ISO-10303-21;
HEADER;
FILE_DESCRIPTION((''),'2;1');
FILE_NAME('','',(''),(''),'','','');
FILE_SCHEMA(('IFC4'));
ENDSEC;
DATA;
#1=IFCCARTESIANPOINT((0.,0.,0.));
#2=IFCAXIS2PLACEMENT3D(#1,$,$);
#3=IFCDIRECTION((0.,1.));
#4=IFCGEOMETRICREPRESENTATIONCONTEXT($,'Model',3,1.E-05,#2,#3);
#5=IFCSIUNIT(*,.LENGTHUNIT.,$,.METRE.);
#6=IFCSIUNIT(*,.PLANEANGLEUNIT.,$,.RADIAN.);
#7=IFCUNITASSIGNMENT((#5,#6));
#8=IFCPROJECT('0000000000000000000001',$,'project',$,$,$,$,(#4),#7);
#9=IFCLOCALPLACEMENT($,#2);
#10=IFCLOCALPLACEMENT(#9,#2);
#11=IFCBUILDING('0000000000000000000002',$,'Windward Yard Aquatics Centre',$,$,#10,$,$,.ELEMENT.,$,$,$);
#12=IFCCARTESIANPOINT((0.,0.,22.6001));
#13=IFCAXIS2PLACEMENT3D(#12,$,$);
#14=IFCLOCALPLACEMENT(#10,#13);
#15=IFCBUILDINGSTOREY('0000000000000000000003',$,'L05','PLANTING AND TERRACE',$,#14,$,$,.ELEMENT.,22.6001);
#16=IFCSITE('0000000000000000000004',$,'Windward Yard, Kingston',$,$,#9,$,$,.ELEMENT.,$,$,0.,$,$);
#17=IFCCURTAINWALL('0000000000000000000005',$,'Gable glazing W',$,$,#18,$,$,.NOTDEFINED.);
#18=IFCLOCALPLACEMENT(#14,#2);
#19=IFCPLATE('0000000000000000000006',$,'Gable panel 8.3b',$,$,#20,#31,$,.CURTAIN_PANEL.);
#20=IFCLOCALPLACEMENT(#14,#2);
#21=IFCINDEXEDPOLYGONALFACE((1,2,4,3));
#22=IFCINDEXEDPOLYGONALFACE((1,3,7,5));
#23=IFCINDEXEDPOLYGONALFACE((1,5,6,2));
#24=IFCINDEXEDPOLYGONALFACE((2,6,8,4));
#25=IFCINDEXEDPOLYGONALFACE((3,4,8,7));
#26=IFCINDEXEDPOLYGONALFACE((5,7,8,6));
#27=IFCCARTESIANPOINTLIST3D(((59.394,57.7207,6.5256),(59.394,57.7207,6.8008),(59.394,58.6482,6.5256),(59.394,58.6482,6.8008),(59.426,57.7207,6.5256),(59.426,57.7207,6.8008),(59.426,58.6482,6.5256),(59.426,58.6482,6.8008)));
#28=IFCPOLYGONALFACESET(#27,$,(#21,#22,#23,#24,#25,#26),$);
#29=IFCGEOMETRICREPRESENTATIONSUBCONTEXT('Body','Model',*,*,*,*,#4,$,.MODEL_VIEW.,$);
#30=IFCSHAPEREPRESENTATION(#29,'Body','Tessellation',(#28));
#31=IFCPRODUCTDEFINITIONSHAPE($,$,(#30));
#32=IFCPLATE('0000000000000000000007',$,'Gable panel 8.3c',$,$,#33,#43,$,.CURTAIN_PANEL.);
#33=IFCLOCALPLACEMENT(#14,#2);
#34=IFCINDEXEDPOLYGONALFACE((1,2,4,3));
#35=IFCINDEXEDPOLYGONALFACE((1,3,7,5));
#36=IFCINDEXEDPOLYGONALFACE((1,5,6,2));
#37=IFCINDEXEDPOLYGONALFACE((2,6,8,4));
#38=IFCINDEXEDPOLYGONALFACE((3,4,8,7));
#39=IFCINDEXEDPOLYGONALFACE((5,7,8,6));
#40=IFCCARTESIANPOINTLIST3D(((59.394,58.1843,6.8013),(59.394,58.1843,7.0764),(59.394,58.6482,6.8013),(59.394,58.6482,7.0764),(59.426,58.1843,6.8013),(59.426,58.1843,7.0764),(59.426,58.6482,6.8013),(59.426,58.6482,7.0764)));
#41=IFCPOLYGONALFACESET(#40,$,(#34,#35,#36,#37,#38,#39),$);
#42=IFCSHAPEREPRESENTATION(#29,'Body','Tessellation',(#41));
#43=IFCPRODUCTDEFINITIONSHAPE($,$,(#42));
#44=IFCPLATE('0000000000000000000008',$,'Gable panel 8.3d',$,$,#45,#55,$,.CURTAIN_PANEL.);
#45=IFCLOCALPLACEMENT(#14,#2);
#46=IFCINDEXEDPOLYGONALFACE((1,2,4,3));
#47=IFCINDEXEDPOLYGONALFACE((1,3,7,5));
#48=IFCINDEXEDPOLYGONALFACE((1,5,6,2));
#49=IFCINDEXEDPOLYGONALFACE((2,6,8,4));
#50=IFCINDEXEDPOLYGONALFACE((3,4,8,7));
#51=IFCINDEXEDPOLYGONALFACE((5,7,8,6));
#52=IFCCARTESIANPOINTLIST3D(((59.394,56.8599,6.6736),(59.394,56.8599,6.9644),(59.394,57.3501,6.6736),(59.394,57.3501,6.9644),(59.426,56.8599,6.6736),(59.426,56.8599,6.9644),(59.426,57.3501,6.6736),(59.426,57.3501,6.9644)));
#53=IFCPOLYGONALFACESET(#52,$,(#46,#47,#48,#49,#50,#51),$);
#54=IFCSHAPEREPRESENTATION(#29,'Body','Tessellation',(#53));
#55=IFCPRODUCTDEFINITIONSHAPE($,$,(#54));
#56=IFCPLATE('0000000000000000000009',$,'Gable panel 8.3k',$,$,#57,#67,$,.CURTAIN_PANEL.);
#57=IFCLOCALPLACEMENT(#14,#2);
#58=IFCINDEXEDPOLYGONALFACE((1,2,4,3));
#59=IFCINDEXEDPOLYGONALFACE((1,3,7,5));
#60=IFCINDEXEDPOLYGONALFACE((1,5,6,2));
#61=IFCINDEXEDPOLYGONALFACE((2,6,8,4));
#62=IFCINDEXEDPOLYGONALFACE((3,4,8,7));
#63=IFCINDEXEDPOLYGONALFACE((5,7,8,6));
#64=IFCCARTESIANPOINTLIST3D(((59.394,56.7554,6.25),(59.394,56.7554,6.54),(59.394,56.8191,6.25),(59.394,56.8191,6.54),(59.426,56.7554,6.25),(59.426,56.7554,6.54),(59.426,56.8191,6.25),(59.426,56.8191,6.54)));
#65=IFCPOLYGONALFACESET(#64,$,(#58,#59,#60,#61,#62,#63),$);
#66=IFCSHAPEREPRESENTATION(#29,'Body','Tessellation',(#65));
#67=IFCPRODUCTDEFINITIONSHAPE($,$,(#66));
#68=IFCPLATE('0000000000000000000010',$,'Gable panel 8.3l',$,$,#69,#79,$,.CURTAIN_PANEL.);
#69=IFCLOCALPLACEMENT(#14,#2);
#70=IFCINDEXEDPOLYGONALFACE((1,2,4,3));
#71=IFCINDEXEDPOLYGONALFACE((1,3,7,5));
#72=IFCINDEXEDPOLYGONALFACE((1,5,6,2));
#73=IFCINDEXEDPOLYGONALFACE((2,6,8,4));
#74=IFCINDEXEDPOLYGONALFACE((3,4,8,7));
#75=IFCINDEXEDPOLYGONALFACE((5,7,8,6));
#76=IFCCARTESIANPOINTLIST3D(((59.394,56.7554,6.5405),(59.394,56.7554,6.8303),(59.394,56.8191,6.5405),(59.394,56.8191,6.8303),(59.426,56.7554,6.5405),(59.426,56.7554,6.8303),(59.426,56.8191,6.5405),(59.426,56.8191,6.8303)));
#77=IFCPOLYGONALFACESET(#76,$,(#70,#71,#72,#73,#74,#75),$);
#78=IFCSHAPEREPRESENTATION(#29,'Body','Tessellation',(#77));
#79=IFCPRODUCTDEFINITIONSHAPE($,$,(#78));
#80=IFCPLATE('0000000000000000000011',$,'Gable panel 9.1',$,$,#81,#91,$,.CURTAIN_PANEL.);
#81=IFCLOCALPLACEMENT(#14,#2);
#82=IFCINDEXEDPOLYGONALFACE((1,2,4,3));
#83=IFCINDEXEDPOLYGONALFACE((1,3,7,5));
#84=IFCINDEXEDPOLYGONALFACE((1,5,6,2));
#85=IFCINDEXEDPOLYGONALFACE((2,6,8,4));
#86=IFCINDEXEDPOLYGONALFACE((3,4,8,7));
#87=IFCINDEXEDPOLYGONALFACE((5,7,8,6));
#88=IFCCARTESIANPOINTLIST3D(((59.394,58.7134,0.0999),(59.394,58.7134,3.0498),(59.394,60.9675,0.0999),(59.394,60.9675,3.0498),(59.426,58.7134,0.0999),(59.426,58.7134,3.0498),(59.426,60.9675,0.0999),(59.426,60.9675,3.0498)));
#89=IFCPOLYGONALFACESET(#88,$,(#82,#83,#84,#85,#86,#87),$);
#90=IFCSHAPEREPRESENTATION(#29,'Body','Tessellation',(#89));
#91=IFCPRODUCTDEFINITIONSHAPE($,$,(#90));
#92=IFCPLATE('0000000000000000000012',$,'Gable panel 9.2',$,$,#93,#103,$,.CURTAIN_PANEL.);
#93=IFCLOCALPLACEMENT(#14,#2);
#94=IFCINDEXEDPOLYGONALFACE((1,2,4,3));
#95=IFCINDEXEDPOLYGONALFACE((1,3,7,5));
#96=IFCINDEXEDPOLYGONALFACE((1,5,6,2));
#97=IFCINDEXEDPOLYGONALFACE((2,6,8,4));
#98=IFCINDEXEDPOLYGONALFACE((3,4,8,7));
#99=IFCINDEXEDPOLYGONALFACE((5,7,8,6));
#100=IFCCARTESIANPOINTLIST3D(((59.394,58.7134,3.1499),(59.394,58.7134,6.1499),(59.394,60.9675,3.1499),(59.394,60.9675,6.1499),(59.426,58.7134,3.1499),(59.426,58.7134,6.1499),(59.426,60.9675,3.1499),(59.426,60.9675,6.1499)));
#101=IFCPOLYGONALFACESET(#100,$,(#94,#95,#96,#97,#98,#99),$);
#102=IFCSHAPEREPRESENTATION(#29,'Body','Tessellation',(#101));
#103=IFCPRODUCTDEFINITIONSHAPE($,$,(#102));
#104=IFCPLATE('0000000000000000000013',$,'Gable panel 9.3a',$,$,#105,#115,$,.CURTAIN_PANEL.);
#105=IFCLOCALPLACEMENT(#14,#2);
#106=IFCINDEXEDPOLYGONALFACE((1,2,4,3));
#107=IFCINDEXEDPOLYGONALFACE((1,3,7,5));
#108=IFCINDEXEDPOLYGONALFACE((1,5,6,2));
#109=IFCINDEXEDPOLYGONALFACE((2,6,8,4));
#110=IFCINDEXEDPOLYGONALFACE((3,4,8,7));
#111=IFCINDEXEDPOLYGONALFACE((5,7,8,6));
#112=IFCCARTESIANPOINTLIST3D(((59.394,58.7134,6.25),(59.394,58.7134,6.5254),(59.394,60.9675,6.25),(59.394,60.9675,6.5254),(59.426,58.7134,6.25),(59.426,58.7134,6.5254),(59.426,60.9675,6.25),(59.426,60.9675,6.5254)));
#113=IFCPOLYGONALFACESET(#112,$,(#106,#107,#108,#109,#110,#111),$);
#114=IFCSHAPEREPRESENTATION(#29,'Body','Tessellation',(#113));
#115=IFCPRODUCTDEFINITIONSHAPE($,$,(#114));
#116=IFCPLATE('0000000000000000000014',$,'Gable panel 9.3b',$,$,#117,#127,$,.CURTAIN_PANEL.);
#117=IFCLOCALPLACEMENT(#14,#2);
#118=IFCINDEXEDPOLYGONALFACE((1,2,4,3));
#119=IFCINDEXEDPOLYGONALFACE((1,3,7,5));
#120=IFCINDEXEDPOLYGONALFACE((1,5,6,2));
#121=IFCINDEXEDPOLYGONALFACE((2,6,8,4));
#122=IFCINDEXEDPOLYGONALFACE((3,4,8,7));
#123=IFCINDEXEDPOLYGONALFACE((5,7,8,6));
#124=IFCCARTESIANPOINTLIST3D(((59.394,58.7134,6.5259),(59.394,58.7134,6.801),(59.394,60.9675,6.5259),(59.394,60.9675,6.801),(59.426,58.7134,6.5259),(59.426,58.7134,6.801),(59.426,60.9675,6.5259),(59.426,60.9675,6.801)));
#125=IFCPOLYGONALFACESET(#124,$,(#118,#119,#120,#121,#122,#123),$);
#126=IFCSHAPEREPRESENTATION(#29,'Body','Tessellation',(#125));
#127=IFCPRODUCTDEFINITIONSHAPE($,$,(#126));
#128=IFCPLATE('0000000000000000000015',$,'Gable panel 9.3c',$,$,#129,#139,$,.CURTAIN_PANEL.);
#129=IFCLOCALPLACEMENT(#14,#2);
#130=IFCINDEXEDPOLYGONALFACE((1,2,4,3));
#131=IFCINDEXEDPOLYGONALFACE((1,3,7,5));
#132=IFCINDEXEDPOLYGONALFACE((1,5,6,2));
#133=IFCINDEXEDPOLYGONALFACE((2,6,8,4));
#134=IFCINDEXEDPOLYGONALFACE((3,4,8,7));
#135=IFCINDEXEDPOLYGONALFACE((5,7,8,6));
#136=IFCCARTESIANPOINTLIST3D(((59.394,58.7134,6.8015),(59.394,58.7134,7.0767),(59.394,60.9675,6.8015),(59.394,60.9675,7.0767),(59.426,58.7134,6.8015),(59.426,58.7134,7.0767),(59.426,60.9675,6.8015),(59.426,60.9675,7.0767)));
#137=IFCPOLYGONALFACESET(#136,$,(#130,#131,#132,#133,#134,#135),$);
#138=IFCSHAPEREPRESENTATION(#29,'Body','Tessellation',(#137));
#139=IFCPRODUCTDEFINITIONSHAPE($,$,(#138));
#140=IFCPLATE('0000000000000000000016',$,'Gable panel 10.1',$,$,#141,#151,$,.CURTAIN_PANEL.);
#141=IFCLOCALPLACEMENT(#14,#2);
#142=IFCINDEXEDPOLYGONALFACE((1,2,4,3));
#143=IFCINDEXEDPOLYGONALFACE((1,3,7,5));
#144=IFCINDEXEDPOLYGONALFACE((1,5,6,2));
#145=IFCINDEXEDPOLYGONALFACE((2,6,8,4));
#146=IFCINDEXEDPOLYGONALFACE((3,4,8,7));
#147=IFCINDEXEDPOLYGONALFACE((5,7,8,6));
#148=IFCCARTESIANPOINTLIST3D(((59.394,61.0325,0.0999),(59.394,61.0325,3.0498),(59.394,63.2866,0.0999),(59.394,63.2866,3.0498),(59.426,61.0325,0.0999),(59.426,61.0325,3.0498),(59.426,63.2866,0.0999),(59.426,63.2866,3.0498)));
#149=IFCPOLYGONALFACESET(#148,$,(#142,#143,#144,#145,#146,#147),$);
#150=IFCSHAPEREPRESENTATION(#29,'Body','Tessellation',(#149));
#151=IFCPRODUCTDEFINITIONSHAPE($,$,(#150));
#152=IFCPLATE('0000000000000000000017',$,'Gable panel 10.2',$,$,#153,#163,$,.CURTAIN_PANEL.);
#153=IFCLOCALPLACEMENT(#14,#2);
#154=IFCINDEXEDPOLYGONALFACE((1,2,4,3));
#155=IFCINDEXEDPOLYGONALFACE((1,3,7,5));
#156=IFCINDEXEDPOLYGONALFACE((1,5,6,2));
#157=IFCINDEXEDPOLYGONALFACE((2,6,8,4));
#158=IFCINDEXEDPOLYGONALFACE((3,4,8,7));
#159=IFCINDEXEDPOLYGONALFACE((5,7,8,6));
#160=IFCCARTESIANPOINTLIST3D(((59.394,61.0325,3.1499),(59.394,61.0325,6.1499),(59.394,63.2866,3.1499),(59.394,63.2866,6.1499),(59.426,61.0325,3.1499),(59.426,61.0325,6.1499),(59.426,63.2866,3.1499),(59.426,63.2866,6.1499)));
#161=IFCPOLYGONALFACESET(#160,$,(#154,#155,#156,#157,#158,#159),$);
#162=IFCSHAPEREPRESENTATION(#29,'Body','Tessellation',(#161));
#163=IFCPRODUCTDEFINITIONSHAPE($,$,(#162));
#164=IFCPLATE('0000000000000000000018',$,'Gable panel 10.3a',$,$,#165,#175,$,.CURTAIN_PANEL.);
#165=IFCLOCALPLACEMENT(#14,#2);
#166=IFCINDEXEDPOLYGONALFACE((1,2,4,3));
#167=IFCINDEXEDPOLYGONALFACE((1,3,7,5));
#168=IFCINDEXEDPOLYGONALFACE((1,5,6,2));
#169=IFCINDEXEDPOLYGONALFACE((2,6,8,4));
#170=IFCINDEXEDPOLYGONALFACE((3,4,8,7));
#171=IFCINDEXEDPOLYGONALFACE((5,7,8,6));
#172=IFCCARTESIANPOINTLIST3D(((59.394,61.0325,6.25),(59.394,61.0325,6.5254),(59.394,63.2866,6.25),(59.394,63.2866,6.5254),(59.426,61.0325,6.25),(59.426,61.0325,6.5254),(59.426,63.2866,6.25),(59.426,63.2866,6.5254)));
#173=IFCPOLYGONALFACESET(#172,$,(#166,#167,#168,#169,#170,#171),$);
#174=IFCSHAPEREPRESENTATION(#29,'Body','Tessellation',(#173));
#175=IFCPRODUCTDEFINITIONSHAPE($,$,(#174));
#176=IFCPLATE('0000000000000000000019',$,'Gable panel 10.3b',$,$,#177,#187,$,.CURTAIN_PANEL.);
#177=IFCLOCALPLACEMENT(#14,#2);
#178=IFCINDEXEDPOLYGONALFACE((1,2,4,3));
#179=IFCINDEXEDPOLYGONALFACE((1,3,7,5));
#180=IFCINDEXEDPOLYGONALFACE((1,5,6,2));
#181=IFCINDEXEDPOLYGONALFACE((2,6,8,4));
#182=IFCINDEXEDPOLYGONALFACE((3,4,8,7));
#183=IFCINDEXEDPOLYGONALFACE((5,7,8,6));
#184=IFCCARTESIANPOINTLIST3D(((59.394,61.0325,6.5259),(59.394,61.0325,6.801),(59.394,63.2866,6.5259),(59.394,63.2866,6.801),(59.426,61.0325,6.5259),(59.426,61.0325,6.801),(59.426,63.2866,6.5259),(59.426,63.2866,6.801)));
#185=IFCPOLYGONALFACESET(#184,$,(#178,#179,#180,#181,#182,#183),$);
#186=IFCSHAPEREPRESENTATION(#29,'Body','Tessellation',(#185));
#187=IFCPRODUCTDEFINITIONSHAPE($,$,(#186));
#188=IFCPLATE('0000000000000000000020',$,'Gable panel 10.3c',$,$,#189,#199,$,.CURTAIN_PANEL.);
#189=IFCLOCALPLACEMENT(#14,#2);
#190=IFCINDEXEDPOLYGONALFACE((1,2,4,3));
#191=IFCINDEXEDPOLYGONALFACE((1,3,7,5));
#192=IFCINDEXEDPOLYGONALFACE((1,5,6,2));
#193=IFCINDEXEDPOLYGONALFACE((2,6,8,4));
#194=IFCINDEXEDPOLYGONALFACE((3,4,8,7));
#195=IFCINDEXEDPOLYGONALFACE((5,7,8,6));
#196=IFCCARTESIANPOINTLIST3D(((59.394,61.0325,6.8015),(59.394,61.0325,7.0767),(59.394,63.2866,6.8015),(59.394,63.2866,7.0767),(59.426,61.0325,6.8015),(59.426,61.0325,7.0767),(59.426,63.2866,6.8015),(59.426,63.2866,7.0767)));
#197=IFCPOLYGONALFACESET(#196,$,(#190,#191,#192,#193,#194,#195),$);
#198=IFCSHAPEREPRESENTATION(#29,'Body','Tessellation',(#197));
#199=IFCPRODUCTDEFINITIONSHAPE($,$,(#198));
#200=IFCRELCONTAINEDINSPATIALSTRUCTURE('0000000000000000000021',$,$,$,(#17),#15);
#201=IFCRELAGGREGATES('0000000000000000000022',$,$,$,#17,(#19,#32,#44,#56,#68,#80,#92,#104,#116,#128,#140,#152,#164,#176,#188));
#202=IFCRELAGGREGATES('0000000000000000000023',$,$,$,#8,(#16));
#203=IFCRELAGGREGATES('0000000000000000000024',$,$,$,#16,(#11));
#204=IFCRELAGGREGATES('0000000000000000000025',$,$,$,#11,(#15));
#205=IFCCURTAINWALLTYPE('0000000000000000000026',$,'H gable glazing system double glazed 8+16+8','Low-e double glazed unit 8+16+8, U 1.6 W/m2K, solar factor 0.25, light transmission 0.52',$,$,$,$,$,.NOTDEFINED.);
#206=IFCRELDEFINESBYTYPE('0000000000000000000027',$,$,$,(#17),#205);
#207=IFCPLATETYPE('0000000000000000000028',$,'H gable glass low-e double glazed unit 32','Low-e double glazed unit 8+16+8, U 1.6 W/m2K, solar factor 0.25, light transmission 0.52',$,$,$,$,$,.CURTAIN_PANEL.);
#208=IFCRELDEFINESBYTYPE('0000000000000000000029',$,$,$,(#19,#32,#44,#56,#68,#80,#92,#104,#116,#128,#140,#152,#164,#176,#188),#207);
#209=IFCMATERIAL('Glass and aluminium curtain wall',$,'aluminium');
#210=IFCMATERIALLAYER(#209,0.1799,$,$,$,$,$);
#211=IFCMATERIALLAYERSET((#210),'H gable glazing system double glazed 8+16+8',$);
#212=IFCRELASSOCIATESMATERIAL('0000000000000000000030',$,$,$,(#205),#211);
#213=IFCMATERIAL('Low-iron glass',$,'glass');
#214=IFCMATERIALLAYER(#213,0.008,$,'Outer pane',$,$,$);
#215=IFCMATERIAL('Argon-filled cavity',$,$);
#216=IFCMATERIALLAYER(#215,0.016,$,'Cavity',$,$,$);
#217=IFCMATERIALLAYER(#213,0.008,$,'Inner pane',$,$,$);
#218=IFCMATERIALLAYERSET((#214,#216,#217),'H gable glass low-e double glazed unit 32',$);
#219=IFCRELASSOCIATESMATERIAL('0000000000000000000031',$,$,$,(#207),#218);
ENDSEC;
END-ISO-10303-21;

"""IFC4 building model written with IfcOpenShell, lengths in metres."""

from ifc_helpers import new_model, si_unit, direction, frame, origin, place, context, subcontext, project, spatial, polyline, outline, extrude, material, layer, layer_set, type_object, element, aggregate, save


model = new_model("IFC4")

# Units and contexts
model_context = context("Model", 3, precision=1e-05, world=origin(), true_north=direction((0.0, 1.0)))
body_context = subcontext(model_context, "Body", "Model", "MODEL_VIEW")
ifc_project = project(units=[si_unit("LENGTHUNIT", "METRE"), si_unit("PLANEANGLEUNIT", "RADIAN")], contexts=[model_context])

# Site, building, storey
site_placement = place(None, origin())
site = spatial("IfcSite", under=ifc_project, at=site_placement, Name="Windward Yard, Kingston", CompositionType="ELEMENT", RefElevation=0.0)
building_placement = place(site_placement, origin())
building = spatial("IfcBuilding", under=site, at=building_placement, Name="Windward Yard Aquatics Centre", CompositionType="ELEMENT")
storey_placement = place(building_placement, frame((0.0, 0.0, 22.6001)))
storey = spatial("IfcBuildingStorey", under=building, at=storey_placement, Name="L05", Description="PLANTING AND TERRACE", CompositionType="ELEMENT", Elevation=22.6001)

# Curtain wall, plates
ifc_material_1 = material(Name="Glass and aluminium curtain wall", Category="aluminium")
ifc_layer_1 = layer(ifc_material_1, 0.1799)
ifc_layer_set_1 = layer_set([ifc_layer_1], Name="H gable glazing system double glazed 8+16+8")
curtain_wall_type = type_object("IfcCurtainWallType", Name="H gable glazing system double glazed 8+16+8", Description="Low-e double glazed unit 8+16+8, U 1.6 W/m2K, solar factor 0.25, light transmission 0.52", PredefinedType="NOTDEFINED", material=ifc_layer_set_1)
curtain_wall_placement = place(storey_placement, origin())
curtain_wall = element("IfcCurtainWall", 1, at=curtain_wall_placement, inside=storey, type_object=curtain_wall_type, Name="Gable glazing W", PredefinedType="NOTDEFINED")
ifc_material_2 = material(Name="Low-iron glass", Category="glass")
ifc_layer_2 = layer(ifc_material_2, 0.008, Name="Outer pane")
ifc_material_3 = material(Name="Argon-filled cavity")
ifc_layer_3 = layer(ifc_material_3, 0.016, Name="Cavity")
ifc_layer_4 = layer(ifc_material_2, 0.008, Name="Inner pane")
ifc_layer_set_2 = layer_set([ifc_layer_2, ifc_layer_3, ifc_layer_4], Name="H gable glass low-e double glazed unit 32")
plate_type = type_object("IfcPlateType", Name="H gable glass low-e double glazed unit 32", Description="Low-e double glazed unit 8+16+8, U 1.6 W/m2K, solar factor 0.25, light transmission 0.52", PredefinedType="CURTAIN_PANEL", material=ifc_layer_set_2)
plate_1_placement = place(storey_placement, frame((59.426, 57.7207, 6.5256), z_axis=(1.0, 0.0, 0.0), x_axis=(0.0, 1.0, 0.0)))
plate_1 = element("IfcPlate", 2, at=plate_1_placement, type_object=plate_type, Name="Gable panel 8.3b", PredefinedType="CURTAIN_PANEL", context=body_context, shape_type="SweptSolid", body=[
    extrude(outline(polyline([(0.0, 0.0), (0.9275, 0.0), (0.9275, 0.2751), (0.0, 0.2751), (0.0, 0.0)])), origin(), (0.0, 0.0, -1.0), 0.032),
])
plate_2_placement = place(storey_placement, frame((59.426, 58.1843, 6.8013), z_axis=(1.0, 0.0, 0.0), x_axis=(0.0, 1.0, 0.0)))
plate_2 = element("IfcPlate", 3, at=plate_2_placement, type_object=plate_type, Name="Gable panel 8.3c", PredefinedType="CURTAIN_PANEL", context=body_context, shape_type="SweptSolid", body=[
    extrude(outline(polyline([(0.0, 0.0), (0.4639, 0.0), (0.4639, 0.2751), (0.0, 0.2751), (0.0, 0.0)])), origin(), (0.0, 0.0, -1.0), 0.032),
])
plate_3_placement = place(storey_placement, frame((59.426, 56.8599, 6.6736), z_axis=(1.0, 0.0, 0.0), x_axis=(0.0, 1.0, 0.0)))
plate_3 = element("IfcPlate", 4, at=plate_3_placement, type_object=plate_type, Name="Gable panel 8.3d", PredefinedType="CURTAIN_PANEL", context=body_context, shape_type="SweptSolid", body=[
    extrude(outline(polyline([(0.0, 0.0), (0.4902, 0.0), (0.4902, 0.2908), (0.0, 0.2908), (0.0, 0.0)])), origin(), (0.0, 0.0, -1.0), 0.032),
])
plate_4_placement = place(storey_placement, frame((59.426, 56.7554, 6.25), z_axis=(1.0, 0.0, 0.0), x_axis=(0.0, 1.0, 0.0)))
plate_4 = element("IfcPlate", 5, at=plate_4_placement, type_object=plate_type, Name="Gable panel 8.3k", PredefinedType="CURTAIN_PANEL", context=body_context, shape_type="SweptSolid", body=[
    extrude(outline(polyline([(0.0, 0.0), (0.0637, 0.0), (0.0637, 0.29), (0.0, 0.29), (0.0, 0.0)])), origin(), (0.0, 0.0, -1.0), 0.032),
])
plate_5_placement = place(storey_placement, frame((59.426, 56.7554, 6.5405), z_axis=(1.0, 0.0, 0.0), x_axis=(0.0, 1.0, 0.0)))
plate_5 = element("IfcPlate", 6, at=plate_5_placement, type_object=plate_type, Name="Gable panel 8.3l", PredefinedType="CURTAIN_PANEL", context=body_context, shape_type="SweptSolid", body=[
    extrude(outline(polyline([(0.0, 0.0), (0.0637, 0.0), (0.0637, 0.2898), (0.0, 0.2898), (0.0, 0.0)])), origin(), (0.0, 0.0, -1.0), 0.032),
])
plate_6_placement = place(storey_placement, frame((59.394, 58.7134, 0.0999), z_axis=(-1.0, 0.0, 0.0), x_axis=(0.0, 0.0, 1.0)))
plate_6 = element("IfcPlate", 7, at=plate_6_placement, type_object=plate_type, Name="Gable panel 9.1", PredefinedType="CURTAIN_PANEL", context=body_context, shape_type="SweptSolid", body=[
    extrude(outline(polyline([(0.0, 0.0), (2.95, 0.0), (2.95, 2.2542), (0.0, 2.2542), (0.0, 0.0)])), origin(), (0.0, 0.0, -1.0), 0.032),
])
plate_7_placement = place(storey_placement, frame((59.394, 58.7134, 3.1499), z_axis=(-1.0, 0.0, 0.0), x_axis=(0.0, 0.0, 1.0)))
plate_7 = element("IfcPlate", 8, at=plate_7_placement, type_object=plate_type, Name="Gable panel 9.2", PredefinedType="CURTAIN_PANEL", context=body_context, shape_type="SweptSolid", body=[
    extrude(outline(polyline([(0.0, 0.0), (3.0, 0.0), (3.0, 2.2542), (0.0, 2.2542), (0.0, 0.0)])), origin(), (0.0, 0.0, -1.0), 0.032),
])
plate_8_placement = place(storey_placement, frame((59.426, 58.7134, 6.25), z_axis=(1.0, 0.0, 0.0), x_axis=(0.0, 1.0, 0.0)))
plate_8 = element("IfcPlate", 9, at=plate_8_placement, type_object=plate_type, Name="Gable panel 9.3a", PredefinedType="CURTAIN_PANEL", context=body_context, shape_type="SweptSolid", body=[
    extrude(outline(polyline([(0.0, 0.0), (2.2542, 0.0), (2.2542, 0.2754), (0.0, 0.2754), (0.0, 0.0)])), origin(), (0.0, 0.0, -1.0), 0.032),
])
plate_9_placement = place(storey_placement, frame((59.426, 58.7134, 6.5259), z_axis=(1.0, 0.0, 0.0), x_axis=(0.0, 1.0, 0.0)))
plate_9 = element("IfcPlate", 10, at=plate_9_placement, type_object=plate_type, Name="Gable panel 9.3b", PredefinedType="CURTAIN_PANEL", context=body_context, shape_type="SweptSolid", body=[
    extrude(outline(polyline([(0.0, 0.0), (2.2542, 0.0), (2.2542, 0.2751), (0.0, 0.2751), (0.0, 0.0)])), origin(), (0.0, 0.0, -1.0), 0.032),
])
plate_10_placement = place(storey_placement, frame((59.426, 58.7134, 6.8015), z_axis=(1.0, 0.0, 0.0), x_axis=(0.0, 1.0, 0.0)))
plate_10 = element("IfcPlate", 11, at=plate_10_placement, type_object=plate_type, Name="Gable panel 9.3c", PredefinedType="CURTAIN_PANEL", context=body_context, shape_type="SweptSolid", body=[
    extrude(outline(polyline([(0.0, 0.0), (2.2542, 0.0), (2.2542, 0.2751), (0.0, 0.2751), (0.0, 0.0)])), origin(), (0.0, 0.0, -1.0), 0.032),
])
plate_11_placement = place(storey_placement, frame((59.394, 61.0325, 0.0999), z_axis=(-1.0, 0.0, 0.0), x_axis=(0.0, 0.0, 1.0)))
plate_11 = element("IfcPlate", 12, at=plate_11_placement, type_object=plate_type, Name="Gable panel 10.1", PredefinedType="CURTAIN_PANEL", context=body_context, shape_type="SweptSolid", body=[
    extrude(outline(polyline([(0.0, 0.0), (2.95, 0.0), (2.95, 2.2542), (0.0, 2.2542), (0.0, 0.0)])), origin(), (0.0, 0.0, -1.0), 0.032),
])
plate_12_placement = place(storey_placement, frame((59.394, 61.0325, 3.1499), z_axis=(-1.0, 0.0, 0.0), x_axis=(0.0, 0.0, 1.0)))
plate_12 = element("IfcPlate", 13, at=plate_12_placement, type_object=plate_type, Name="Gable panel 10.2", PredefinedType="CURTAIN_PANEL", context=body_context, shape_type="SweptSolid", body=[
    extrude(outline(polyline([(0.0, 0.0), (3.0, 0.0), (3.0, 2.2542), (0.0, 2.2542), (0.0, 0.0)])), origin(), (0.0, 0.0, -1.0), 0.032),
])
plate_13_placement = place(storey_placement, frame((59.426, 61.0325, 6.25), z_axis=(1.0, 0.0, 0.0), x_axis=(0.0, 1.0, 0.0)))
plate_13 = element("IfcPlate", 14, at=plate_13_placement, type_object=plate_type, Name="Gable panel 10.3a", PredefinedType="CURTAIN_PANEL", context=body_context, shape_type="SweptSolid", body=[
    extrude(outline(polyline([(0.0, 0.0), (2.2542, 0.0), (2.2542, 0.2754), (0.0, 0.2754), (0.0, 0.0)])), origin(), (0.0, 0.0, -1.0), 0.032),
])
plate_14_placement = place(storey_placement, frame((59.426, 61.0325, 6.5259), z_axis=(1.0, 0.0, 0.0), x_axis=(0.0, 1.0, 0.0)))
plate_14 = element("IfcPlate", 15, at=plate_14_placement, type_object=plate_type, Name="Gable panel 10.3b", PredefinedType="CURTAIN_PANEL", context=body_context, shape_type="SweptSolid", body=[
    extrude(outline(polyline([(0.0, 0.0), (2.2542, 0.0), (2.2542, 0.2751), (0.0, 0.2751), (0.0, 0.0)])), origin(), (0.0, 0.0, -1.0), 0.032),
])
plate_15_placement = place(storey_placement, frame((59.426, 61.0325, 6.8015), z_axis=(1.0, 0.0, 0.0), x_axis=(0.0, 1.0, 0.0)))
plate_15 = element("IfcPlate", 16, at=plate_15_placement, type_object=plate_type, Name="Gable panel 10.3c", PredefinedType="CURTAIN_PANEL", context=body_context, shape_type="SweptSolid", body=[
    extrude(outline(polyline([(0.0, 0.0), (2.2542, 0.0), (2.2542, 0.2751), (0.0, 0.2751), (0.0, 0.0)])), origin(), (0.0, 0.0, -1.0), 0.032),
])
aggregate(curtain_wall, [plate_1, plate_2, plate_3, plate_4, plate_5, plate_6, plate_7, plate_8, plate_9, plate_10, plate_11, plate_12, plate_13, plate_14, plate_15])

save(model, "model.ifc")
